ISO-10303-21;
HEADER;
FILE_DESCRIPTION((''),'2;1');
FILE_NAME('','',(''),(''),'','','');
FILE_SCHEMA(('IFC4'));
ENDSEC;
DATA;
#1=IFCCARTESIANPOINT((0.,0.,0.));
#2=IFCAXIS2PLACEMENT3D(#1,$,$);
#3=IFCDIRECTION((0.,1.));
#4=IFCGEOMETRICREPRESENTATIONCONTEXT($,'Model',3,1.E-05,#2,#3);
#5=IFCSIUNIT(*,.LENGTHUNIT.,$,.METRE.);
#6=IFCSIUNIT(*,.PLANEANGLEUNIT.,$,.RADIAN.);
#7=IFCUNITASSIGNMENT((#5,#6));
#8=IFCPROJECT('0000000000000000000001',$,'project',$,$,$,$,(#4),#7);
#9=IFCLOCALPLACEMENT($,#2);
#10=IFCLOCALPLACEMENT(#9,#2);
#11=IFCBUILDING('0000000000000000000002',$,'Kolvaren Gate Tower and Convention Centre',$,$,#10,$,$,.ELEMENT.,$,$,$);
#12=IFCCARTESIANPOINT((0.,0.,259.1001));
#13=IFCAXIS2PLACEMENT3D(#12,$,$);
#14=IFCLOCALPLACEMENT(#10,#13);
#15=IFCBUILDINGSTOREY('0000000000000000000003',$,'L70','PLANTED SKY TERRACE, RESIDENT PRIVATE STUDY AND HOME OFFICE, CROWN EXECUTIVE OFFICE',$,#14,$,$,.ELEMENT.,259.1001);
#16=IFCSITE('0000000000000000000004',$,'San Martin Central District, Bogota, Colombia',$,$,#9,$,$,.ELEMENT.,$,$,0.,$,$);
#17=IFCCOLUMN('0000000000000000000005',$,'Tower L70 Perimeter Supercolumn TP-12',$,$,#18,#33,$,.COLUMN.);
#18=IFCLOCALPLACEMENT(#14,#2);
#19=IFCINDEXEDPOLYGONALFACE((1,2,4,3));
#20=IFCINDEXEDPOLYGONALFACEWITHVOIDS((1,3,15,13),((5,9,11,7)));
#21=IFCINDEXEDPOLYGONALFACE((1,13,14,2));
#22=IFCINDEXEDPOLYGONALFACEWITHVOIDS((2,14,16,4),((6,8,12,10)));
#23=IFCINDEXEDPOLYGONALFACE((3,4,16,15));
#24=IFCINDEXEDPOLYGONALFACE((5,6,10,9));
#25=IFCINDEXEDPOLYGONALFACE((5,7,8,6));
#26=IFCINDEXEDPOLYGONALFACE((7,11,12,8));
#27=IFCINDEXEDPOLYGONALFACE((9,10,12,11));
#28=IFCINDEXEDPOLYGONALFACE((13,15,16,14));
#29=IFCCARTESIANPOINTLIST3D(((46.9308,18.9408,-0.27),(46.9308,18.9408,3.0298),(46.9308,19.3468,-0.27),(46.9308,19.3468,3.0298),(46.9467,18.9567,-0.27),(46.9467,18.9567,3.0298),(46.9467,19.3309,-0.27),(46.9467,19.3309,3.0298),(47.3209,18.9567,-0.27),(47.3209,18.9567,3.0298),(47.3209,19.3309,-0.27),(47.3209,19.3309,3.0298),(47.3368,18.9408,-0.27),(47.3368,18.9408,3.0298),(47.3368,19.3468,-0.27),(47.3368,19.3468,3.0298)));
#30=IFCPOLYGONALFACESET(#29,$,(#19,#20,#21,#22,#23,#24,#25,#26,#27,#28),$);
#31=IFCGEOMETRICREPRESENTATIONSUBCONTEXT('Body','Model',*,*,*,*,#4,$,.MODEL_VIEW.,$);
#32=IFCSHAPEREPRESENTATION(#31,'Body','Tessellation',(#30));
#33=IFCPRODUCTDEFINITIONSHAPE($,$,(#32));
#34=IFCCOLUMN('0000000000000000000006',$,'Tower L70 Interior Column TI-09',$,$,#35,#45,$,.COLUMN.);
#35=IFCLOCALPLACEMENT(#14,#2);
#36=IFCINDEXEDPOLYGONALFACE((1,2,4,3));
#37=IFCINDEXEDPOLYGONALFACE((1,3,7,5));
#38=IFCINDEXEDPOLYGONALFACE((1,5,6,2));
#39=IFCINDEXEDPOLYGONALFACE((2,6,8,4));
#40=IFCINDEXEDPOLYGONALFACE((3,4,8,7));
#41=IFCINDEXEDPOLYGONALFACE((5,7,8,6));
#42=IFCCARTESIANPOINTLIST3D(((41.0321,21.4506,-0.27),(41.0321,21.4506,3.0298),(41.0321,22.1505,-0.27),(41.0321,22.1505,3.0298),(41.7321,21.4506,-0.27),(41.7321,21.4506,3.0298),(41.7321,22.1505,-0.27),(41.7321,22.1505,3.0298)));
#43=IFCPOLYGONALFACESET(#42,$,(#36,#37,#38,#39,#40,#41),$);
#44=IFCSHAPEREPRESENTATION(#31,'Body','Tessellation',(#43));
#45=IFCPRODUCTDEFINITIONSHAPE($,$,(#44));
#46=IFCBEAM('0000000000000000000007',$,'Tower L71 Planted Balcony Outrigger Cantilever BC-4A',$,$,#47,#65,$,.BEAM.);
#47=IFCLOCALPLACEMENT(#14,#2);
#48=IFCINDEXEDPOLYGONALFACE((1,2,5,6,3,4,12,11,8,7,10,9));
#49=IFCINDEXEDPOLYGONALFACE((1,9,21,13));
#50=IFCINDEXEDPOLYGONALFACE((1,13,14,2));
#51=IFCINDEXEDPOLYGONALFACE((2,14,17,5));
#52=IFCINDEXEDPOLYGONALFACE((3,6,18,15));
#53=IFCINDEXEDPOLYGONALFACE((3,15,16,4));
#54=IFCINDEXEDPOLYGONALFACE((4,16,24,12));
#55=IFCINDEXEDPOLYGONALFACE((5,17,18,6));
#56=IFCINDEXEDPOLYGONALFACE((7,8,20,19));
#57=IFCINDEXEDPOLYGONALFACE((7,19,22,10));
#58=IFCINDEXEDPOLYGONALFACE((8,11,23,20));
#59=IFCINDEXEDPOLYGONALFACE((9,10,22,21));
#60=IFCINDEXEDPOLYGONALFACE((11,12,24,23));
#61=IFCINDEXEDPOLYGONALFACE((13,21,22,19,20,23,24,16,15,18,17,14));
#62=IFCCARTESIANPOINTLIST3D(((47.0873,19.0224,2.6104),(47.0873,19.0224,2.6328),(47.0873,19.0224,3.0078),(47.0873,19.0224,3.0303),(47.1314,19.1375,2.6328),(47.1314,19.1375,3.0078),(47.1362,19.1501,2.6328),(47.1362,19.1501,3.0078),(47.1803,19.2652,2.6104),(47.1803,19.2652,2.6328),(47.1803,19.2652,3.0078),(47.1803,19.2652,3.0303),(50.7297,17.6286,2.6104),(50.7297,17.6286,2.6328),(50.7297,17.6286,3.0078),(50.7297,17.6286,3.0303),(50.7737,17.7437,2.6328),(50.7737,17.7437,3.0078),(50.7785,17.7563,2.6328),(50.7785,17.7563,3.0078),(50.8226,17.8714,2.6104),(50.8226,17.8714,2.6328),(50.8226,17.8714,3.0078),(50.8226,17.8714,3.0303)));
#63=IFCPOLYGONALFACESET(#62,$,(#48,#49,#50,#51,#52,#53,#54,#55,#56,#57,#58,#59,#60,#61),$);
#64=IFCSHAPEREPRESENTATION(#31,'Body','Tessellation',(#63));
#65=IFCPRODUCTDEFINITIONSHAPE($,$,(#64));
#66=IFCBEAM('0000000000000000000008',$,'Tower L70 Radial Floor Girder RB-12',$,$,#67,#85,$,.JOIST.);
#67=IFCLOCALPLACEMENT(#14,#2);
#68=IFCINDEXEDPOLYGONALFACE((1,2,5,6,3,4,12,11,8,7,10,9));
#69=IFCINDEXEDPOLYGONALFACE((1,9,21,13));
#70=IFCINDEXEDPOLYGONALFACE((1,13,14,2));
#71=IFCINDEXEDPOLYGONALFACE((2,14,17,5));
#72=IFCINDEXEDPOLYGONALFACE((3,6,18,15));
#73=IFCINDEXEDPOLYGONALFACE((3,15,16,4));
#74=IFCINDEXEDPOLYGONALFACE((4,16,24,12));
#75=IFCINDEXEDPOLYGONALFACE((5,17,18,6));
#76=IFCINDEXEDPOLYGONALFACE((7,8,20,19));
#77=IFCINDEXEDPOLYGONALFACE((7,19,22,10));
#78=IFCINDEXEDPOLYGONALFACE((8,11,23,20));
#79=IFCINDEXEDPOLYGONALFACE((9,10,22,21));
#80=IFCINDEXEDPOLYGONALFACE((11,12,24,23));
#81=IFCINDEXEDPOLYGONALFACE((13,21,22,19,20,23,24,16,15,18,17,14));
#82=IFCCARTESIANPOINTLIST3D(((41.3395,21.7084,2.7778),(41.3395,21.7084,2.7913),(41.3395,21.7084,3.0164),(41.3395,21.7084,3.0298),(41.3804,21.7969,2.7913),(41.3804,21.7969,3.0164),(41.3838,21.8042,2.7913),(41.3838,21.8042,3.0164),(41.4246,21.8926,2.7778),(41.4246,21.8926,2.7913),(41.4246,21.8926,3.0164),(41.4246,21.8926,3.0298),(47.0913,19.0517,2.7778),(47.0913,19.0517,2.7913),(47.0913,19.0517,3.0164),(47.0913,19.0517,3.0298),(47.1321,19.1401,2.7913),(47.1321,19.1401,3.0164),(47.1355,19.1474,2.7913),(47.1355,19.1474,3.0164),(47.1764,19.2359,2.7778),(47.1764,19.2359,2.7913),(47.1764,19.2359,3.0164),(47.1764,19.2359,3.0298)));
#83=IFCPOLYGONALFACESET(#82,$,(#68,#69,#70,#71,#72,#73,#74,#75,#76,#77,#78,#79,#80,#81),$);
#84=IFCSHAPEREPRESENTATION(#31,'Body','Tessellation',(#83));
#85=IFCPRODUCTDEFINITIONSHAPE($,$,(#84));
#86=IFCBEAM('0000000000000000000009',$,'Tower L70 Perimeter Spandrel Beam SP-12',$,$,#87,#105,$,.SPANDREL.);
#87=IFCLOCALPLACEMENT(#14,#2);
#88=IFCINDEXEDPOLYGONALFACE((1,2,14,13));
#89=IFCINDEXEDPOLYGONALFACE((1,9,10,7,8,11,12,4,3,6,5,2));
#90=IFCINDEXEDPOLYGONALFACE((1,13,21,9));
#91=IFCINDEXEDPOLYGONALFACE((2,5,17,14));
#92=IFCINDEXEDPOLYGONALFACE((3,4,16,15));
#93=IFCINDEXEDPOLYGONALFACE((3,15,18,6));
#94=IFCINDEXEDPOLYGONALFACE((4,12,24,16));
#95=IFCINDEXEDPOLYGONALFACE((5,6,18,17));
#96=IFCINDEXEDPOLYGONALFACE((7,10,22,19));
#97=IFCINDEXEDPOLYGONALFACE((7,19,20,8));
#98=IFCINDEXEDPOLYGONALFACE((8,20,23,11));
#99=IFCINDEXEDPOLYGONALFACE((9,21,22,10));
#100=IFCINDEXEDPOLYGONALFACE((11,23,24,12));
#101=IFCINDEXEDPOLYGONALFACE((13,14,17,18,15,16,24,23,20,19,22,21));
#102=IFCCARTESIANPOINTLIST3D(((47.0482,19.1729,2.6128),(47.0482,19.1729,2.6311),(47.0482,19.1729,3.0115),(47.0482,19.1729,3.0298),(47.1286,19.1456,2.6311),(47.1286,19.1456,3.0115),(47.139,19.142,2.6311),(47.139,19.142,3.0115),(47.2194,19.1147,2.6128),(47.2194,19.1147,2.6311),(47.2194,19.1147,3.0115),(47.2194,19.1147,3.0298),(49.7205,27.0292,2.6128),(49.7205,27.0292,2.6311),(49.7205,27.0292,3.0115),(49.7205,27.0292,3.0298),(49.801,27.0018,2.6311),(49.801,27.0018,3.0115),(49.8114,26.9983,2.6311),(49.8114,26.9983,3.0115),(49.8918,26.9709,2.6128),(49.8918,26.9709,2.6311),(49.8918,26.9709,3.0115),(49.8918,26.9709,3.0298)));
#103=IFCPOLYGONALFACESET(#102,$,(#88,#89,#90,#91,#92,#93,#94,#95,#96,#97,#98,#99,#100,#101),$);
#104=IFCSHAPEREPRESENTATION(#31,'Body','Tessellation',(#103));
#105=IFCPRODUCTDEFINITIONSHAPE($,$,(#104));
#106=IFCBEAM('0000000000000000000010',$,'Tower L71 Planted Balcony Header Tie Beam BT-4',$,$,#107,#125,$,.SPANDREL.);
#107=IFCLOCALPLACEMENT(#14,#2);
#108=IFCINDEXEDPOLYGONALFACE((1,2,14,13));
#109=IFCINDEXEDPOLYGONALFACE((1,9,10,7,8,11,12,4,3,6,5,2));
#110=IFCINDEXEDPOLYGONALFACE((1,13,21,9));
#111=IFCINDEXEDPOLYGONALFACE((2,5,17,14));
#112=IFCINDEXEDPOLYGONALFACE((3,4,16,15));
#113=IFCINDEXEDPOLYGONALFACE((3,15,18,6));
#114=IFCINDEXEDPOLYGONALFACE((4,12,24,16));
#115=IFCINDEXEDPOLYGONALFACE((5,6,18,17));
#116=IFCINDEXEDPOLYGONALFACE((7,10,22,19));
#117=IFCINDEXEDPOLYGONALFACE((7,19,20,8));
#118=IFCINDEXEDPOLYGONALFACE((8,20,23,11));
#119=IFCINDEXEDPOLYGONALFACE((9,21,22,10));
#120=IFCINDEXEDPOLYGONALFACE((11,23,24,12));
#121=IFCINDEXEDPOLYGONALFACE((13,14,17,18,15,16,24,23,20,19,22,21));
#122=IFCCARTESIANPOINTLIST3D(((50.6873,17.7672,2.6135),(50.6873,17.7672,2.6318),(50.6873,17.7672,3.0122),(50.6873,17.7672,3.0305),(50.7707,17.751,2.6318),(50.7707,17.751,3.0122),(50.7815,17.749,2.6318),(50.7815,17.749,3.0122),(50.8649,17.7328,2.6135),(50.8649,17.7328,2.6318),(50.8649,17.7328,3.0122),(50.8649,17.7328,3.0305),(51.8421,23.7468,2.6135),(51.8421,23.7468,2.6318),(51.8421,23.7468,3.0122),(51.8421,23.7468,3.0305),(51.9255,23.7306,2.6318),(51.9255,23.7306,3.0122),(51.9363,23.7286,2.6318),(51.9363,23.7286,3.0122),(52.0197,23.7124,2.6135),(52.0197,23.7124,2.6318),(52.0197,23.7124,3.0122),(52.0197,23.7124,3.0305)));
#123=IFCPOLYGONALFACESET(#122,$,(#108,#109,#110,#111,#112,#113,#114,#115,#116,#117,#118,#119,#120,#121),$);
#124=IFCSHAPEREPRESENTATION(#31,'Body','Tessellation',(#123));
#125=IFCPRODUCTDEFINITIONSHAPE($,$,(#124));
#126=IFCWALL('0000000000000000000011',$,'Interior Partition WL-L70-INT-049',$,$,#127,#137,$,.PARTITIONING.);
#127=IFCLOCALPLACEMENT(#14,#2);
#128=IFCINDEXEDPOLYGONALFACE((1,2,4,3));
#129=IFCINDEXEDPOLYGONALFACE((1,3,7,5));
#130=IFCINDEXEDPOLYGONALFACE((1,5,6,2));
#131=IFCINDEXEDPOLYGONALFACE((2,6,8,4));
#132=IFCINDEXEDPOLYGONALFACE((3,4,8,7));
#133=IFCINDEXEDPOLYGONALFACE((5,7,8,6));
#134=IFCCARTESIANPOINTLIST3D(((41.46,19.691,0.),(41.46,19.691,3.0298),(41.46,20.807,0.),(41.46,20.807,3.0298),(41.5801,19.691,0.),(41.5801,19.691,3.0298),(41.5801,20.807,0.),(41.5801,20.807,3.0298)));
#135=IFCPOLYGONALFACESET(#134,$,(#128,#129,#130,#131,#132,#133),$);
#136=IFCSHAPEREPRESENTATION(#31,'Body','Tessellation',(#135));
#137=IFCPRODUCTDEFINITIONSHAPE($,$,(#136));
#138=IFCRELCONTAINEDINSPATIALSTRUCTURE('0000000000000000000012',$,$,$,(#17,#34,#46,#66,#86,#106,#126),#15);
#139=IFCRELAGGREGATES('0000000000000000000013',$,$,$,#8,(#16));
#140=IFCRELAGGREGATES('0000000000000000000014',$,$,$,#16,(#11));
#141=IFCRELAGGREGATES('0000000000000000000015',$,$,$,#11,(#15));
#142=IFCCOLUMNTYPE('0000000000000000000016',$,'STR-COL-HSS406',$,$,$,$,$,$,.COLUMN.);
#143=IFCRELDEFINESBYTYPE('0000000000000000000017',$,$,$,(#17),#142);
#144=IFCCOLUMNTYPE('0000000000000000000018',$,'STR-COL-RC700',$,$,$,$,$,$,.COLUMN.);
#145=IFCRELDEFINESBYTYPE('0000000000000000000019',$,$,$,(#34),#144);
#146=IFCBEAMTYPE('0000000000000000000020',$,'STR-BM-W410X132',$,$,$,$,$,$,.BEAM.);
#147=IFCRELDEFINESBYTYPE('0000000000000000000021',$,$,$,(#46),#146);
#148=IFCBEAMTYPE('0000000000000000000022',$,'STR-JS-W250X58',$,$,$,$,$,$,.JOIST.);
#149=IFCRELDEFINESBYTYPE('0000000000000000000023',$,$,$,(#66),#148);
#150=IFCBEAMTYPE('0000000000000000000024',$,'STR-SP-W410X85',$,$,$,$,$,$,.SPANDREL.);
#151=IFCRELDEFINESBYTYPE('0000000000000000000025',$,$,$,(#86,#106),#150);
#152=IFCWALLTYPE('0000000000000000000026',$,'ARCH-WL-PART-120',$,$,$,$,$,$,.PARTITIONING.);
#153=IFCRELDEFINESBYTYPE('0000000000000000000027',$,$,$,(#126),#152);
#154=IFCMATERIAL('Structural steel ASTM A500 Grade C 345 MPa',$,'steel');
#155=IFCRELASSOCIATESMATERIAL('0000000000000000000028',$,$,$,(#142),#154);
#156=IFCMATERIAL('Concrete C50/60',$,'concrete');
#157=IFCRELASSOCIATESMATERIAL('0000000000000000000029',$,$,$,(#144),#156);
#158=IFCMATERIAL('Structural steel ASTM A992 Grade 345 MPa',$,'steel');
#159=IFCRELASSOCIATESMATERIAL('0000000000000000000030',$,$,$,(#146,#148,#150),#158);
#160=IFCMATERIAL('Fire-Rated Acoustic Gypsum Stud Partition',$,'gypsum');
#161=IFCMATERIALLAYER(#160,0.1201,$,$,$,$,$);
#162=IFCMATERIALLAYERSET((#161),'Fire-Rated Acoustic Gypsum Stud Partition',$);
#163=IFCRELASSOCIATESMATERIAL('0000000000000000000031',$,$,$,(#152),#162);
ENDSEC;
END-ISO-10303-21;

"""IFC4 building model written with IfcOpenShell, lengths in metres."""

from ifc_helpers import new_model, si_unit, direction, frame, frame_2d, origin, origin_2d, place, context, subcontext, project, spatial, rectangle, hollow_rectangle, i_section, extrude, material, layer, layer_set, material_profile, profile_set, type_object, element, save


model = new_model("IFC4")

# Units and contexts
model_context = context("Model", 3, precision=1e-05, world=origin(), true_north=direction((0.0, 1.0)))
body_context = subcontext(model_context, "Body", "Model", "MODEL_VIEW")
ifc_project = project(units=[si_unit("LENGTHUNIT", "METRE"), si_unit("PLANEANGLEUNIT", "RADIAN")], contexts=[model_context])

# Site, building, storey
site_placement = place(None, origin())
site = spatial("IfcSite", under=ifc_project, at=site_placement, Name="San Martin Central District, Bogota, Colombia", CompositionType="ELEMENT", RefElevation=0.0)
building_placement = place(site_placement, origin())
building = spatial("IfcBuilding", under=site, at=building_placement, Name="Kolvaren Gate Tower and Convention Centre", CompositionType="ELEMENT")
storey_placement = place(building_placement, frame((0.0, 0.0, 259.1001)))
storey = spatial("IfcBuildingStorey", under=building, at=storey_placement, Name="L70", Description="PLANTED SKY TERRACE, RESIDENT PRIVATE STUDY AND HOME OFFICE, CROWN EXECUTIVE OFFICE", CompositionType="ELEMENT", Elevation=259.1001)

# Columns
ifc_material_1 = material(Name="Structural steel ASTM A500 Grade C 345 MPa", Category="steel")
ifc_material_profile_1 = material_profile(ifc_material_1, hollow_rectangle(XDim=0.406, YDim=0.406, WallThickness=0.0159, at=origin_2d()), Name="HSS406X406X15.9")
ifc_profile_set_1 = profile_set([ifc_material_profile_1], Name="Structural steel ASTM A500 Grade C 345 MPa")
column_type_1 = type_object("IfcColumnType", Name="STR-COL-HSS406", PredefinedType="COLUMN", material=ifc_profile_set_1)
column_1_placement = place(storey_placement, frame((47.1338, 19.1438, -0.27), z_axis=(0.0, 0.0, 1.0), x_axis=(1.0, 0.0, 0.0)))
element("IfcColumn", 1, at=column_1_placement, inside=storey, type_object=column_type_1, Name="Tower L70 Perimeter Supercolumn TP-12", PredefinedType="COLUMN", context=body_context, shape_type="SweptSolid", body=[
    extrude(hollow_rectangle(XDim=0.406, YDim=0.406, WallThickness=0.0159, at=origin_2d()), origin(), (0.0, 0.0, 1.0), 3.2998),
])
ifc_material_2 = material(Name="Concrete C50/60", Category="concrete")
ifc_material_profile_2 = material_profile(ifc_material_2, rectangle(XDim=0.7, YDim=0.7, at=origin_2d()), Name="RC-COL-700X700")
ifc_profile_set_2 = profile_set([ifc_material_profile_2], Name="Concrete C50/60")
column_type_2 = type_object("IfcColumnType", Name="STR-COL-RC700", PredefinedType="COLUMN", material=ifc_profile_set_2)
column_2_placement = place(storey_placement, frame((41.3821, 21.8005, -0.27), z_axis=(0.0, 0.0, 1.0), x_axis=(1.0, 0.0, 0.0)))
element("IfcColumn", 2, at=column_2_placement, inside=storey, type_object=column_type_2, Name="Tower L70 Interior Column TI-09", PredefinedType="COLUMN", context=body_context, shape_type="SweptSolid", body=[
    extrude(rectangle(XDim=0.7, YDim=0.7, at=origin_2d()), origin(), (0.0, 0.0, 1.0), 3.2998),
])

# Beams
ifc_material_3 = material(Name="Structural steel ASTM A992 Grade 345 MPa", Category="steel")
ifc_material_profile_3 = material_profile(ifc_material_3, i_section(OverallWidth=0.26, OverallDepth=0.4199, WebThickness=0.0134, FlangeThickness=0.0225, at=origin_2d()), Name="W410X132")
ifc_profile_set_3 = profile_set([ifc_material_profile_3], Name="Structural steel ASTM A992 Grade 345 MPa")
beam_type_1 = type_object("IfcBeamType", Name="STR-BM-W410X132", PredefinedType="BEAM", material=ifc_profile_set_3)
beam_1_placement = place(storey_placement, frame((47.1338, 19.1438, 2.8203), z_axis=(0.933954, -0.357393, 0.0), x_axis=(0.357393, 0.933954, 0.0)))
element("IfcBeam", 3, at=beam_1_placement, inside=storey, type_object=beam_type_1, Name="Tower L71 Planted Balcony Outrigger Cantilever BC-4A", PredefinedType="BEAM", context=body_context, shape_type="SweptSolid", body=[
    extrude(i_section(OverallWidth=0.26, OverallDepth=0.4199, WebThickness=0.0134, FlangeThickness=0.0225, at=origin_2d()), origin(), (0.0, 0.0, 1.0), 3.8999),
])
ifc_material_profile_4 = material_profile(ifc_material_3, i_section(OverallWidth=0.2029, OverallDepth=0.252, WebThickness=0.0081, FlangeThickness=0.0134, at=origin_2d()), Name="W250X58")
ifc_profile_set_4 = profile_set([ifc_material_profile_4], Name="Structural steel ASTM A992 Grade 345 MPa")
beam_type_2 = type_object("IfcBeamType", Name="STR-JS-W250X58", PredefinedType="JOIST", material=ifc_profile_set_4)
beam_2_placement = place(storey_placement, frame((41.3821, 21.8005, 2.9038), z_axis=(0.907833, -0.419332, 0.0), x_axis=(0.419332, 0.907833, 0.0)))
element("IfcBeam", 4, at=beam_2_placement, inside=storey, type_object=beam_type_2, Name="Tower L70 Radial Floor Girder RB-12", PredefinedType="JOIST", context=body_context, shape_type="SweptSolid", body=[
    extrude(i_section(OverallWidth=0.2029, OverallDepth=0.252, WebThickness=0.0081, FlangeThickness=0.0134, at=origin_2d()), origin(), (0.0, 0.0, 1.0), 6.3357),
])
ifc_material_profile_5 = material_profile(ifc_material_3, i_section(OverallWidth=0.1809, OverallDepth=0.417, WebThickness=0.011, FlangeThickness=0.0183, at=origin_2d()), Name="W410X85")
ifc_profile_set_5 = profile_set([ifc_material_profile_5], Name="Structural steel ASTM A992 Grade 345 MPa")
beam_type_3 = type_object("IfcBeamType", Name="STR-SP-W410X85", PredefinedType="SPANDREL", material=ifc_profile_set_5)
beam_3_placement = place(storey_placement, frame((47.1338, 19.1438, 2.8213), z_axis=(0.322038, 0.946727, 0.0), x_axis=(-0.946727, 0.322038, 0.0)))
element("IfcBeam", 5, at=beam_3_placement, inside=storey, type_object=beam_type_3, Name="Tower L70 Perimeter Spandrel Beam SP-12", PredefinedType="SPANDREL", context=body_context, shape_type="SweptSolid", body=[
    extrude(i_section(OverallWidth=0.1809, OverallDepth=0.417, WebThickness=0.011, FlangeThickness=0.0183, at=origin_2d()), origin(), (0.0, 0.0, 1.0), 8.2983),
])
beam_4_placement = place(storey_placement, frame((50.7761, 17.75, 2.822), z_axis=(0.189621, 0.981857, 0.0), x_axis=(-0.981857, 0.189621, 0.0)))
element("IfcBeam", 6, at=beam_4_placement, inside=storey, type_object=beam_type_3, Name="Tower L71 Planted Balcony Header Tie Beam BT-4", PredefinedType="SPANDREL", context=body_context, shape_type="SweptSolid", body=[
    extrude(i_section(OverallWidth=0.1809, OverallDepth=0.417, WebThickness=0.011, FlangeThickness=0.0183, at=origin_2d()), origin(), (0.0, 0.0, 1.0), 6.0901),
])

# Wall
ifc_material_4 = material(Name="Fire-Rated Acoustic Gypsum Stud Partition", Category="gypsum")
ifc_layer_1 = layer(ifc_material_4, 0.1201)
ifc_layer_set_1 = layer_set([ifc_layer_1], Name="Fire-Rated Acoustic Gypsum Stud Partition")
wall_type_1 = type_object("IfcWallType", Name="ARCH-WL-PART-120", PredefinedType="PARTITIONING", material=ifc_layer_set_1)
wall_1_placement = place(storey_placement, frame((41.52, 19.6909, 0.0), z_axis=(0.0, 0.0, 1.0), x_axis=(0.0, 1.0, 0.0)))
element("IfcWall", 7, at=wall_1_placement, inside=storey, type_object=wall_type_1, Name="Interior Partition WL-L70-INT-049", PredefinedType="PARTITIONING", context=body_context, shape_type="SweptSolid", body=[
    extrude(rectangle(XDim=1.116, YDim=0.1201, at=frame_2d((0.5581, 0.0))), origin(), (0.0, 0.0, 1.0), 3.0298),
])

save(model, "model.ifc")
